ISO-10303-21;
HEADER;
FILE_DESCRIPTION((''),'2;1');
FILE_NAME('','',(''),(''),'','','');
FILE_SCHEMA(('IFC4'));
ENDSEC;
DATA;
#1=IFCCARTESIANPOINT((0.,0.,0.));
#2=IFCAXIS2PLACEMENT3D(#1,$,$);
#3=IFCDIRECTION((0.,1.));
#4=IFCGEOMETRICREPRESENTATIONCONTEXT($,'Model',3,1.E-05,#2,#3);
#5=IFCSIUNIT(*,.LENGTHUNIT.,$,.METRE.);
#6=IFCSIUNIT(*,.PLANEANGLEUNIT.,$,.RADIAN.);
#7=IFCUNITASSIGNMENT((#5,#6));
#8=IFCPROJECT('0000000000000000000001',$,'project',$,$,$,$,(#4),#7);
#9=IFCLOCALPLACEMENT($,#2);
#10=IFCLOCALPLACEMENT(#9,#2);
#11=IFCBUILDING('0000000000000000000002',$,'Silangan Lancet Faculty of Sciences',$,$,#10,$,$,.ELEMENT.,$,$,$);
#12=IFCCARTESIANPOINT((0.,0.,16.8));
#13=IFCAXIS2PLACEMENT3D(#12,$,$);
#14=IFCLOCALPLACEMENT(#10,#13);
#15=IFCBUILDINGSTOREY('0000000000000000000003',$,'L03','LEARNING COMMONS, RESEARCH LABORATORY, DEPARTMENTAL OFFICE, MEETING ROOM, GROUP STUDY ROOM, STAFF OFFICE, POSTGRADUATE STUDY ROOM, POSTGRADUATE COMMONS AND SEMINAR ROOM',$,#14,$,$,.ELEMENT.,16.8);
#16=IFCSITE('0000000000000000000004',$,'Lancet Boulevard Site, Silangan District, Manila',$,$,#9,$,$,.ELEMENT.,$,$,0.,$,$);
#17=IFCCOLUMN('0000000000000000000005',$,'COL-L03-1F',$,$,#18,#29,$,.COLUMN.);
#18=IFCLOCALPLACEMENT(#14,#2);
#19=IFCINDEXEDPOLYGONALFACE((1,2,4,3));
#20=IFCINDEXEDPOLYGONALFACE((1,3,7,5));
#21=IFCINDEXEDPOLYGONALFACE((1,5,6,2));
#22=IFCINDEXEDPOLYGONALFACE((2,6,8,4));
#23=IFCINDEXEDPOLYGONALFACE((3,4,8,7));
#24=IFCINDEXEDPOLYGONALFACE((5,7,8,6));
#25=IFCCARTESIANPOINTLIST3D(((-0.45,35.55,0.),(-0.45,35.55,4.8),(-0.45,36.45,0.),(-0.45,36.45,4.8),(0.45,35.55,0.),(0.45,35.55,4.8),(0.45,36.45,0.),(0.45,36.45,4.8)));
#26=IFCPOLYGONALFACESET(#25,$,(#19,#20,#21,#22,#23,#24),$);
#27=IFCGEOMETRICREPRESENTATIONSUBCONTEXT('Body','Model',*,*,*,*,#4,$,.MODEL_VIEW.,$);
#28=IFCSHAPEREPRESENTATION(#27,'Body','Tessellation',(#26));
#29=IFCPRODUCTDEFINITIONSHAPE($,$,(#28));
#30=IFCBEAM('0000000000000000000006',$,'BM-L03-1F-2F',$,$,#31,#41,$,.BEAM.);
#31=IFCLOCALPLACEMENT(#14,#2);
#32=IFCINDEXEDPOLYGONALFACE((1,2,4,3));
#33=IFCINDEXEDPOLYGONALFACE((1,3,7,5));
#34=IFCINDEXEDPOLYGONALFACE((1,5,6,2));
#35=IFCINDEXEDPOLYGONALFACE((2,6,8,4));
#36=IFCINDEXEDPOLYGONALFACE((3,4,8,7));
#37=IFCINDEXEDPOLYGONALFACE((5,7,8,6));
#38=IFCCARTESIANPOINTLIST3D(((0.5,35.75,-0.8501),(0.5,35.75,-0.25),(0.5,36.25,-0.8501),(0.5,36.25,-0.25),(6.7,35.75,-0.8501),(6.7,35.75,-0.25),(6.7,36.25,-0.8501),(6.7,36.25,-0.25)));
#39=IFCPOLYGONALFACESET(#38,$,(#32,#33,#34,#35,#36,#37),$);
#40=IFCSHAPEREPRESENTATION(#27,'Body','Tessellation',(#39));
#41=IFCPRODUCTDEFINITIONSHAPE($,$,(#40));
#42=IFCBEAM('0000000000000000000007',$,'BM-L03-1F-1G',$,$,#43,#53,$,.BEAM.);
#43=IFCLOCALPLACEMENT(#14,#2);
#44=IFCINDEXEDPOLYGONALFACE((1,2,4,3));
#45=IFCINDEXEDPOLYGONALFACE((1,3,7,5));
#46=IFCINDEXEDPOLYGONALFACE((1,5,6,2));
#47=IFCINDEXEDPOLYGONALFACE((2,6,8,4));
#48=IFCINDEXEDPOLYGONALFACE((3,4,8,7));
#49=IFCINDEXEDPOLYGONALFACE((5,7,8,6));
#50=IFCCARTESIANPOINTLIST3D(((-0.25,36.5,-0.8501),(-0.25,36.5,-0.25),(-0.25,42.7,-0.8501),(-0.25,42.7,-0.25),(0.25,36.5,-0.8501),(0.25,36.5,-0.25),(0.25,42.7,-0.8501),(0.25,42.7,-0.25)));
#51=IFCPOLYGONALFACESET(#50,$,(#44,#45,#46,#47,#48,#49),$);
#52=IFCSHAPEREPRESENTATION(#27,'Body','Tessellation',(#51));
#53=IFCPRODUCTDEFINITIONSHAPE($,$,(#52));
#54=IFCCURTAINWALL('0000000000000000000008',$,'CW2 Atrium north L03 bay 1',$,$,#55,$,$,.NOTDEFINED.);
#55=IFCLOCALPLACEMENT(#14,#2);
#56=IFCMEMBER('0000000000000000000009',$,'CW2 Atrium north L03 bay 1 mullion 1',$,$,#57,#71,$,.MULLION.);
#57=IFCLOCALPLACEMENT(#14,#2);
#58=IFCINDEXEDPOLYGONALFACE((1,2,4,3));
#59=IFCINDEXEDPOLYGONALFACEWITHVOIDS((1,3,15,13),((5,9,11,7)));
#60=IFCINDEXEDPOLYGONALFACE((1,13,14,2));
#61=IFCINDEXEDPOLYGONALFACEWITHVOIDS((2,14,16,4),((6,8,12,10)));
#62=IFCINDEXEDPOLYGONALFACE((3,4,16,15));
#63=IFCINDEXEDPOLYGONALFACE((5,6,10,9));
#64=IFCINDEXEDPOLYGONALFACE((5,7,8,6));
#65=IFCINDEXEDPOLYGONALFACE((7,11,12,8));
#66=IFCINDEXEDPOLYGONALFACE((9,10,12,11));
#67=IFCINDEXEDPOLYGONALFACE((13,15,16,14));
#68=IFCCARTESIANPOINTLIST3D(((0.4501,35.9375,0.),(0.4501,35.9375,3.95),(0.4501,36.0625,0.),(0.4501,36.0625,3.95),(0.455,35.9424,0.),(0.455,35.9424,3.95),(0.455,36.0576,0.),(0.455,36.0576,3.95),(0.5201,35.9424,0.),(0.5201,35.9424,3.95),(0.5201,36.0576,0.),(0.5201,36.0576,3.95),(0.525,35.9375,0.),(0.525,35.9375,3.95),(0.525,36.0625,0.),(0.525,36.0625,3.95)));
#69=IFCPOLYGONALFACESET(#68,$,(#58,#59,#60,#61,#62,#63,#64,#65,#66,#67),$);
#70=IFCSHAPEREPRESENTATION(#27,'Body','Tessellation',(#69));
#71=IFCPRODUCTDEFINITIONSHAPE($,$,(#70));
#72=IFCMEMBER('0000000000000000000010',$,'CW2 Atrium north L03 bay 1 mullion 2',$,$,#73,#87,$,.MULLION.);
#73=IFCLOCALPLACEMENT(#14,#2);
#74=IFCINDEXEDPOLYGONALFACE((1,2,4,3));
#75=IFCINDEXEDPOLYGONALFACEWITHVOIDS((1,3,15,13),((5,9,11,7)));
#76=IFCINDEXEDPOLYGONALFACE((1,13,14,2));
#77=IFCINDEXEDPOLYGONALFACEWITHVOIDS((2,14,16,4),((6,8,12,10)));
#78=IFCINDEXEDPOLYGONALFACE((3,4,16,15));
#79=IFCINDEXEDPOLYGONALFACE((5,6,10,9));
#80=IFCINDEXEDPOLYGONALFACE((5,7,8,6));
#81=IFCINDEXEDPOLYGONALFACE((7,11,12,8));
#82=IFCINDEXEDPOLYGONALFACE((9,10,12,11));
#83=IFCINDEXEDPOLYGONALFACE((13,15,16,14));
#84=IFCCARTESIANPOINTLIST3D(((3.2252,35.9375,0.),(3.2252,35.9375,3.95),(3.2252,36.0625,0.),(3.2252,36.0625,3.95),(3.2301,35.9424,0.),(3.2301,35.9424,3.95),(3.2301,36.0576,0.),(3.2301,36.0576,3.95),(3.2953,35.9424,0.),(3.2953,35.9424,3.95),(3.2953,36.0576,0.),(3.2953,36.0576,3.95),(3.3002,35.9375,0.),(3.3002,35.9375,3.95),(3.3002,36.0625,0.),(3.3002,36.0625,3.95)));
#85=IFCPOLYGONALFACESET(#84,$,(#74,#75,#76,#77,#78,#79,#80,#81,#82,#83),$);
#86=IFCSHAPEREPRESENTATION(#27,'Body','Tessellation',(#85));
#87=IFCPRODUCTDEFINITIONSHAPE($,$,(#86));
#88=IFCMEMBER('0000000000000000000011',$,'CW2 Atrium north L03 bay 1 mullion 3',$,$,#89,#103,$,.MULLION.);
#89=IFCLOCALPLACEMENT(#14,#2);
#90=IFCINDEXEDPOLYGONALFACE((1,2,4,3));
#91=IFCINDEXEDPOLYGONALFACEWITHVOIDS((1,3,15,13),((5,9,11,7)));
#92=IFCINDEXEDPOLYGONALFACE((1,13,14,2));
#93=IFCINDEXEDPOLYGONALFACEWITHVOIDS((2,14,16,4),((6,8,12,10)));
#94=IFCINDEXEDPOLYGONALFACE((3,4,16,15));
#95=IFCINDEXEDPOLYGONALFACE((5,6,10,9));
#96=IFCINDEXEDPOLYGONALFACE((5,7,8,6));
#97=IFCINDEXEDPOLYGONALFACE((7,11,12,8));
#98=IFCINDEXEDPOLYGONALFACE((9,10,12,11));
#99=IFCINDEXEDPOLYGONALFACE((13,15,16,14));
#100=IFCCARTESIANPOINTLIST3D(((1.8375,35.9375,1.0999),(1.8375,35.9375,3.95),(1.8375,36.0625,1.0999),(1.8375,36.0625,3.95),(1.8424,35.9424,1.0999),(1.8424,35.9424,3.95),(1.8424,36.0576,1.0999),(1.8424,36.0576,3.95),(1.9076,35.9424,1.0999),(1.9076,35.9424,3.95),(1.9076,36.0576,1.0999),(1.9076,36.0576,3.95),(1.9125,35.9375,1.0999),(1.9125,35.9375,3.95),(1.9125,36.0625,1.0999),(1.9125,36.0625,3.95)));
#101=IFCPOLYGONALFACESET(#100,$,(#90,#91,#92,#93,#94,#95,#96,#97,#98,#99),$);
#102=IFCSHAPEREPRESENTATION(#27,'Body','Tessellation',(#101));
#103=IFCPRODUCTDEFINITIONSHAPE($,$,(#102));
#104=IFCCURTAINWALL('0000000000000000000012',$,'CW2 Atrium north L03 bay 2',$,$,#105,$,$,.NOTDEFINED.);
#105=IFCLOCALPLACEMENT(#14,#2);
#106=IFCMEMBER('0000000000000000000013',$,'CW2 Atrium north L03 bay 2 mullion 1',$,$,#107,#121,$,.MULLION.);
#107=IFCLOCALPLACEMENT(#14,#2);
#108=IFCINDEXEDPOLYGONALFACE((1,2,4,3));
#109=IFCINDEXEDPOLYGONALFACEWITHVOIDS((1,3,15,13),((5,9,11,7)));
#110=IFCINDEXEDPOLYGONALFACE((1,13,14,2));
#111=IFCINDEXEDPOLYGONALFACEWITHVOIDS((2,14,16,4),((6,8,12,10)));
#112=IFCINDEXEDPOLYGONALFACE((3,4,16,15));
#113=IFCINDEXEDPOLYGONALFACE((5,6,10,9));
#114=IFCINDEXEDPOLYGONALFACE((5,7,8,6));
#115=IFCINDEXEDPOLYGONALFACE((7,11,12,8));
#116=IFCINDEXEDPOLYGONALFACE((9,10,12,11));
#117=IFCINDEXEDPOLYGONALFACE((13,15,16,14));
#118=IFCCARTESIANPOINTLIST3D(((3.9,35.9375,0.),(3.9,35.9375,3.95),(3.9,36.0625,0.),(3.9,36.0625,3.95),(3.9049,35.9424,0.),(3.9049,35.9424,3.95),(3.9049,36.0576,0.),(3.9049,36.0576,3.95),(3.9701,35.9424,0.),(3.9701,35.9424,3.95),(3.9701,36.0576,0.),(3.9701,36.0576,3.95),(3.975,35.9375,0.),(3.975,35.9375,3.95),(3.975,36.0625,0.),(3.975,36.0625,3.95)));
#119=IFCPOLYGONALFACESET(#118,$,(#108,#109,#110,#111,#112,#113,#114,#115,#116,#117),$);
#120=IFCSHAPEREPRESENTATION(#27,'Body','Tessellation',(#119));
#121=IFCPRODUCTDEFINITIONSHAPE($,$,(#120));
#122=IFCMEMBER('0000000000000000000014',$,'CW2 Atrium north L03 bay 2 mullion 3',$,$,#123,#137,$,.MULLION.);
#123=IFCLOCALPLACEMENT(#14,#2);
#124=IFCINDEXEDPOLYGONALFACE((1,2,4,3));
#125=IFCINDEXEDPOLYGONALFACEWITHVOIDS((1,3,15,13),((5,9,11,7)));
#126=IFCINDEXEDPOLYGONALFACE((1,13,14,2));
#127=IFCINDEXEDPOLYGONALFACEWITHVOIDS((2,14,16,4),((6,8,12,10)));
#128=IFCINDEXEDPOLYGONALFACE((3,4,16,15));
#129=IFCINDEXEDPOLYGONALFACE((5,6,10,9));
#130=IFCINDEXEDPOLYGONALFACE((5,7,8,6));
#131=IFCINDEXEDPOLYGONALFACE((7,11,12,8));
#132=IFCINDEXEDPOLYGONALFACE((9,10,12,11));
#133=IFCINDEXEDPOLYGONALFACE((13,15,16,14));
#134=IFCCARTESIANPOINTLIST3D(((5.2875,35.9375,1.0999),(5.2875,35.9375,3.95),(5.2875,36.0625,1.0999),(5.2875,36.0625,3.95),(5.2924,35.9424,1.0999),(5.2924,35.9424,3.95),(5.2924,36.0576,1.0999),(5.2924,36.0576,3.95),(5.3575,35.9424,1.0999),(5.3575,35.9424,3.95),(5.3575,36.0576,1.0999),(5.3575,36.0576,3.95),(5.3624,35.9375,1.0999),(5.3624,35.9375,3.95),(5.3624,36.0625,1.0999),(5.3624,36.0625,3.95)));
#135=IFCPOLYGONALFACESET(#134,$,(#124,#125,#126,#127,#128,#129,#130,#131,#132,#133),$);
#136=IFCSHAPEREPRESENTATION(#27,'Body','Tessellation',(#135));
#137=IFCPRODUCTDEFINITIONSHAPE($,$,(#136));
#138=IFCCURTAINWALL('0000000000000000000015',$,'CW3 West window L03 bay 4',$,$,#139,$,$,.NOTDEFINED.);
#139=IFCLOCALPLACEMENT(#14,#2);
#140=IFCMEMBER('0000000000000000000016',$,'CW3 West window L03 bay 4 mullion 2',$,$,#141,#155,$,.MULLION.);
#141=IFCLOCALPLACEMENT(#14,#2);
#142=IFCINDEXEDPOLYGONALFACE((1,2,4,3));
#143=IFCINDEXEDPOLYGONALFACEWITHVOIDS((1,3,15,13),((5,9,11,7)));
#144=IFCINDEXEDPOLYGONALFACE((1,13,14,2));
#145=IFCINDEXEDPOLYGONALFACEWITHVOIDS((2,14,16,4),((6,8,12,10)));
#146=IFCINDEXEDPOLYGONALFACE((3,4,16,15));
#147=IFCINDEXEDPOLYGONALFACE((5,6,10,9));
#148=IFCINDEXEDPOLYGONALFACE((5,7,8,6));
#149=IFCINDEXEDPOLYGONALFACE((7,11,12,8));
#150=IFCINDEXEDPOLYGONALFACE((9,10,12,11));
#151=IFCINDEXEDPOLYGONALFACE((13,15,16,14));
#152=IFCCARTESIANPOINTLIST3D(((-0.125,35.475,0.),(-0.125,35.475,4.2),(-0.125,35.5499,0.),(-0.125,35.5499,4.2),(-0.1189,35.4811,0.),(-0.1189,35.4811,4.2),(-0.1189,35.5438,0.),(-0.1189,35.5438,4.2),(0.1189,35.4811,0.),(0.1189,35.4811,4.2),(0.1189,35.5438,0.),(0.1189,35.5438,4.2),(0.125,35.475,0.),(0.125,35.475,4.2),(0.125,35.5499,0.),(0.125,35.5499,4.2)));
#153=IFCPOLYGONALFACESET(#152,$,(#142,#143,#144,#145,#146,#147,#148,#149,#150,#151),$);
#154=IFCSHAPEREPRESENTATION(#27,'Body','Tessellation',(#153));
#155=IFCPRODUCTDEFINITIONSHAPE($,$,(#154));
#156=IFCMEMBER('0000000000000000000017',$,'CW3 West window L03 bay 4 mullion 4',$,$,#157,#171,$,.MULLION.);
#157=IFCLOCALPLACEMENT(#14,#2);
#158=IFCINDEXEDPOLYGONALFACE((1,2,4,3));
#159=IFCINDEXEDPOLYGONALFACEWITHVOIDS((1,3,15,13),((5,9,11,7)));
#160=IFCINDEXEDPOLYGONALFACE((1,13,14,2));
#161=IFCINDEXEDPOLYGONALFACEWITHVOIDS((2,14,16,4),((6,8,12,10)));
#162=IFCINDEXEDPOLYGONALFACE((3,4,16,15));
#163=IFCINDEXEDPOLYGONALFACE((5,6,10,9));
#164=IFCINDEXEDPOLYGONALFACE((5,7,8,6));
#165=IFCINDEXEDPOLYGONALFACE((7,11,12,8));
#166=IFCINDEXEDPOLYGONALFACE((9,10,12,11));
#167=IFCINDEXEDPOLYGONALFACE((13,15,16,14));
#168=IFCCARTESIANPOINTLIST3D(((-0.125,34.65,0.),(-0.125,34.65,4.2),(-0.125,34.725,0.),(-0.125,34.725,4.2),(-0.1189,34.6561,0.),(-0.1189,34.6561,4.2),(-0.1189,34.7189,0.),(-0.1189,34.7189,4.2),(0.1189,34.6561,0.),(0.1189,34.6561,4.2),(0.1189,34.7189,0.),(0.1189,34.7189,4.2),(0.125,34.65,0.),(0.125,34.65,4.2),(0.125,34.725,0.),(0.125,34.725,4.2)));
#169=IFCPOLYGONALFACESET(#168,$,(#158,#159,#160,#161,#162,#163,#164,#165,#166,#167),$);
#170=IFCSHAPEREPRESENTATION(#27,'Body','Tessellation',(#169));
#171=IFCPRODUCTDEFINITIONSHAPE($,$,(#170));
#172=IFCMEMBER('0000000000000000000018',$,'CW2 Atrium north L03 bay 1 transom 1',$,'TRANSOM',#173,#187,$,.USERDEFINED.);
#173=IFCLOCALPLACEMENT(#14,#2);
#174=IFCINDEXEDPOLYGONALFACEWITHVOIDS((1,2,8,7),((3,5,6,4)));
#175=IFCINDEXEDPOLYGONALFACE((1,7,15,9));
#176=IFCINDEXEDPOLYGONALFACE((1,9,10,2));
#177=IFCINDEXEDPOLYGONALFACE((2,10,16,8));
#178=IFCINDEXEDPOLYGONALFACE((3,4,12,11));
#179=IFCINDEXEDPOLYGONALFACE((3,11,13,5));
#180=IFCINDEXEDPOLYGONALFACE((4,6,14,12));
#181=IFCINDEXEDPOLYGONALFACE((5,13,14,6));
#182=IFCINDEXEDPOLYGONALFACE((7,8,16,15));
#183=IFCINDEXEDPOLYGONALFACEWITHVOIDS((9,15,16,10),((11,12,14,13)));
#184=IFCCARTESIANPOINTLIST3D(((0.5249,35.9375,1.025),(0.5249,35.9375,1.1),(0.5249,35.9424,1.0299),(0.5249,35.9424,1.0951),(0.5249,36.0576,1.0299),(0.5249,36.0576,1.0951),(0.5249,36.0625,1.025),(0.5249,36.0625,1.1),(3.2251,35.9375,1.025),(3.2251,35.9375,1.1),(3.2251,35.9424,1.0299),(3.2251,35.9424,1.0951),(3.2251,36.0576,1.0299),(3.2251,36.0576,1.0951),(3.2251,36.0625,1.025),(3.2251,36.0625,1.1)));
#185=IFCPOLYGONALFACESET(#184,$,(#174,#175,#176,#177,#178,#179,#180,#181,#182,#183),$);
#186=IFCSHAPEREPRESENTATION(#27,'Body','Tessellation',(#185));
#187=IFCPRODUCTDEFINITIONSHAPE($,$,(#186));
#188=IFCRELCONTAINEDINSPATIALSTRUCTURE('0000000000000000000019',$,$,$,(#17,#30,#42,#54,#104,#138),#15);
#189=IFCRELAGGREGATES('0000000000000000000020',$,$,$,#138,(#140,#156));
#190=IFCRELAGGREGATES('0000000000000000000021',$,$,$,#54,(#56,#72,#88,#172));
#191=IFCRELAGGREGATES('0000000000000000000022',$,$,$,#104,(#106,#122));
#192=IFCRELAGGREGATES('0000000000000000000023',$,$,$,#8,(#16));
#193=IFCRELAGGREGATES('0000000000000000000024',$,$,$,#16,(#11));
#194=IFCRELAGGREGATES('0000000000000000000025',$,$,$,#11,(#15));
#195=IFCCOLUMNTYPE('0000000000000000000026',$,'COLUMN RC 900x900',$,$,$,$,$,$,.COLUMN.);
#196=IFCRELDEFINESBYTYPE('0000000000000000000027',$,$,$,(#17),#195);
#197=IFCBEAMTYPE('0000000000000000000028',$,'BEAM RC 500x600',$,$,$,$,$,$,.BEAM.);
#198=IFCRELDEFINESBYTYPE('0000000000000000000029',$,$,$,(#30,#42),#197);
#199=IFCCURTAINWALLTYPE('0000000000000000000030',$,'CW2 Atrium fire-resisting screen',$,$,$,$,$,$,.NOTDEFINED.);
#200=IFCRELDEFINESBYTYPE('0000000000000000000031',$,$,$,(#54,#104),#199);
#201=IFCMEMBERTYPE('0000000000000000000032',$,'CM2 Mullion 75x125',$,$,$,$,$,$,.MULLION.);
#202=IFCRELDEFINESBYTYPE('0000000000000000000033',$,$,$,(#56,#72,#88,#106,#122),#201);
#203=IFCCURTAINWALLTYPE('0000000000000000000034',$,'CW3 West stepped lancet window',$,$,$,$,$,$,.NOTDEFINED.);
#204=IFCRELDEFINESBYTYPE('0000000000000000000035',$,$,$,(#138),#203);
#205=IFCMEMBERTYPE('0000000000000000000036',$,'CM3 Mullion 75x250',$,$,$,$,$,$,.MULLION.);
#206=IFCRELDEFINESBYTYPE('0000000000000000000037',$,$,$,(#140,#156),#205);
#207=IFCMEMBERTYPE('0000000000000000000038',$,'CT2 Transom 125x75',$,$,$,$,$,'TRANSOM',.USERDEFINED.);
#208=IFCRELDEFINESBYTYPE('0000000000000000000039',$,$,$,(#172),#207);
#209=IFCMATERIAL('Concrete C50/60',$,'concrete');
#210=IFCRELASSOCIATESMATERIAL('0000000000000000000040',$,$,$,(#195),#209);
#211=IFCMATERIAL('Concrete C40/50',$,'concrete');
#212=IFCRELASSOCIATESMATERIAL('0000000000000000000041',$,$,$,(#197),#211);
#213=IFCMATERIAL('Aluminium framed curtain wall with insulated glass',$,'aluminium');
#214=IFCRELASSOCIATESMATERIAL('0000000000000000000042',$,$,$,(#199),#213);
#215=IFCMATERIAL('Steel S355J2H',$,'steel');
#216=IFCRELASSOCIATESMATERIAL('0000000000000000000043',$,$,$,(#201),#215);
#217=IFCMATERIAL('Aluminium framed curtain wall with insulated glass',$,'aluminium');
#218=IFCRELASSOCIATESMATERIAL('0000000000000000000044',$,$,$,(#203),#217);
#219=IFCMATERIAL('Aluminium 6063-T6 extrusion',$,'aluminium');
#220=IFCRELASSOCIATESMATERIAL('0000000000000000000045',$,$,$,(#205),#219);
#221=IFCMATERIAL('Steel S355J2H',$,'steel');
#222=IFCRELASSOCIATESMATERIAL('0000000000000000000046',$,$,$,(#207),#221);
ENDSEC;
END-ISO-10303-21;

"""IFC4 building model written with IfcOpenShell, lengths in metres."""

from ifc_helpers import new_model, si_unit, direction, frame, origin, origin_2d, place, context, subcontext, project, spatial, rectangle, hollow_rectangle, extrude, material, material_profile, profile_set, type_object, element, aggregate, save


model = new_model("IFC4")

# Units and contexts
model_context = context("Model", 3, precision=1e-05, world=origin(), true_north=direction((0.0, 1.0)))
body_context = subcontext(model_context, "Body", "Model", "MODEL_VIEW")
ifc_project = project(units=[si_unit("LENGTHUNIT", "METRE"), si_unit("PLANEANGLEUNIT", "RADIAN")], contexts=[model_context])

# Site, building, storey
site_placement = place(None, origin())
site = spatial("IfcSite", under=ifc_project, at=site_placement, Name="Lancet Boulevard Site, Silangan District, Manila", CompositionType="ELEMENT", RefElevation=0.0)
building_placement = place(site_placement, origin())
building = spatial("IfcBuilding", under=site, at=building_placement, Name="Silangan Lancet Faculty of Sciences", CompositionType="ELEMENT")
storey_placement = place(building_placement, frame((0.0, 0.0, 16.8)))
storey = spatial("IfcBuildingStorey", under=building, at=storey_placement, Name="L03", Description="LEARNING COMMONS, RESEARCH LABORATORY, DEPARTMENTAL OFFICE, MEETING ROOM, GROUP STUDY ROOM, STAFF OFFICE, POSTGRADUATE STUDY ROOM, POSTGRADUATE COMMONS AND SEMINAR ROOM", CompositionType="ELEMENT", Elevation=16.8)

# Column
ifc_material_1 = material(Name="Concrete C50/60", Category="concrete")
ifc_material_profile_1 = material_profile(ifc_material_1, rectangle(XDim=0.8999, YDim=0.8999, at=origin_2d()), Name="RC 900x900")
ifc_profile_set_1 = profile_set([ifc_material_profile_1], Name="Concrete C50/60")
column_type = type_object("IfcColumnType", Name="COLUMN RC 900x900", PredefinedType="COLUMN", material=ifc_profile_set_1)
column_placement = place(storey_placement, frame((0.0, 36.0, 0.0), z_axis=(0.0, 0.0, 1.0), x_axis=(1.0, 0.0, 0.0)))
element("IfcColumn", 1, at=column_placement, inside=storey, type_object=column_type, Name="COL-L03-1F", PredefinedType="COLUMN", context=body_context, shape_type="SweptSolid", body=[
    extrude(rectangle(XDim=0.8999, YDim=0.8999, at=origin_2d()), origin(), (0.0, 0.0, 1.0), 4.8),
])

# Beams
ifc_material_2 = material(Name="Concrete C40/50", Category="concrete")
ifc_material_profile_2 = material_profile(ifc_material_2, rectangle(XDim=0.5, YDim=0.6001, at=origin_2d()), Name="RC 500x600")
ifc_profile_set_2 = profile_set([ifc_material_profile_2], Name="Concrete C40/50")
beam_type = type_object("IfcBeamType", Name="BEAM RC 500x600", PredefinedType="BEAM", material=ifc_profile_set_2)
for number, where, z_axis, x_axis, name in (
    (2, (0.5, 36.0, -0.55), (1.0, 0.0, 0.0), (0.0, 1.0, 0.0), "BM-L03-1F-2F"),
    (3, (0.0, 36.5, -0.55), (0.0, 1.0, 0.0), (-1.0, 0.0, 0.0), "BM-L03-1F-1G"),
):
    element("IfcBeam", number, at=place(storey_placement, frame(where, z_axis=z_axis, x_axis=x_axis)), inside=storey, type_object=beam_type, Name=name, PredefinedType="BEAM", context=body_context, shape_type="SweptSolid", body=[
        extrude(rectangle(XDim=0.5, YDim=0.6001, at=origin_2d()), origin(), (0.0, 0.0, 1.0), 6.2),
    ])

# Curtain walls, members
ifc_material_3 = material(Name="Aluminium framed curtain wall with insulated glass", Category="aluminium")
curtain_wall_type_1 = type_object("IfcCurtainWallType", Name="CW2 Atrium fire-resisting screen", PredefinedType="NOTDEFINED", material=ifc_material_3)
curtain_wall_1_placement = place(storey_placement, origin())
curtain_wall_1 = element("IfcCurtainWall", 4, at=curtain_wall_1_placement, inside=storey, type_object=curtain_wall_type_1, Name="CW2 Atrium north L03 bay 1", PredefinedType="NOTDEFINED")
ifc_material_4 = material(Name="Steel S355J2H", Category="steel")
ifc_material_profile_3 = material_profile(ifc_material_4, hollow_rectangle(XDim=0.075, YDim=0.125, WallThickness=0.0049, at=origin_2d()), Name="ST BOX 75x125x5")
ifc_profile_set_3 = profile_set([ifc_material_profile_3], Name="Steel S355J2H")
member_type_1 = type_object("IfcMemberType", Name="CM2 Mullion 75x125", PredefinedType="MULLION", material=ifc_profile_set_3)
member_1_placement = place(storey_placement, frame((0.4875, 36.0, 0.0), z_axis=(0.0, 0.0, 1.0), x_axis=(1.0, 0.0, 0.0)))
member_1 = element("IfcMember", 5, at=member_1_placement, type_object=member_type_1, Name="CW2 Atrium north L03 bay 1 mullion 1", PredefinedType="MULLION", context=body_context, shape_type="SweptSolid", body=[
    extrude(hollow_rectangle(XDim=0.075, YDim=0.125, WallThickness=0.0049, at=origin_2d()), origin(), (0.0, 0.0, 1.0), 3.95),
])
member_2_placement = place(storey_placement, frame((3.2627, 36.0, 0.0), z_axis=(0.0, 0.0, 1.0), x_axis=(1.0, 0.0, 0.0)))
member_2 = element("IfcMember", 6, at=member_2_placement, type_object=member_type_1, Name="CW2 Atrium north L03 bay 1 mullion 2", PredefinedType="MULLION", context=body_context, shape_type="SweptSolid", body=[
    extrude(hollow_rectangle(XDim=0.075, YDim=0.125, WallThickness=0.0049, at=origin_2d()), origin(), (0.0, 0.0, 1.0), 3.95),
])
member_3_placement = place(storey_placement, frame((1.875, 36.0, 1.0999), z_axis=(0.0, 0.0, 1.0), x_axis=(1.0, 0.0, 0.0)))
member_3 = element("IfcMember", 7, at=member_3_placement, type_object=member_type_1, Name="CW2 Atrium north L03 bay 1 mullion 3", PredefinedType="MULLION", context=body_context, shape_type="SweptSolid", body=[
    extrude(hollow_rectangle(XDim=0.075, YDim=0.125, WallThickness=0.0049, at=origin_2d()), origin(), (0.0, 0.0, 1.0), 2.8501),
])
curtain_wall_2_placement = place(storey_placement, origin())
curtain_wall_2 = element("IfcCurtainWall", 8, at=curtain_wall_2_placement, inside=storey, type_object=curtain_wall_type_1, Name="CW2 Atrium north L03 bay 2", PredefinedType="NOTDEFINED")
member_4_placement = place(storey_placement, frame((3.9375, 36.0, 0.0), z_axis=(0.0, 0.0, 1.0), x_axis=(1.0, 0.0, 0.0)))
member_4 = element("IfcMember", 9, at=member_4_placement, type_object=member_type_1, Name="CW2 Atrium north L03 bay 2 mullion 1", PredefinedType="MULLION", context=body_context, shape_type="SweptSolid", body=[
    extrude(hollow_rectangle(XDim=0.075, YDim=0.125, WallThickness=0.0049, at=origin_2d()), origin(), (0.0, 0.0, 1.0), 3.95),
])
member_5_placement = place(storey_placement, frame((5.325, 36.0, 1.0999), z_axis=(0.0, 0.0, 1.0), x_axis=(1.0, 0.0, 0.0)))
member_5 = element("IfcMember", 10, at=member_5_placement, type_object=member_type_1, Name="CW2 Atrium north L03 bay 2 mullion 3", PredefinedType="MULLION", context=body_context, shape_type="SweptSolid", body=[
    extrude(hollow_rectangle(XDim=0.075, YDim=0.125, WallThickness=0.0049, at=origin_2d()), origin(), (0.0, 0.0, 1.0), 2.8501),
])
ifc_material_5 = material(Name="Aluminium framed curtain wall with insulated glass", Category="aluminium")
curtain_wall_type_2 = type_object("IfcCurtainWallType", Name="CW3 West stepped lancet window", PredefinedType="NOTDEFINED", material=ifc_material_5)
curtain_wall_3_placement = place(storey_placement, origin())
curtain_wall_3 = element("IfcCurtainWall", 11, at=curtain_wall_3_placement, inside=storey, type_object=curtain_wall_type_2, Name="CW3 West window L03 bay 4", PredefinedType="NOTDEFINED")
ifc_material_6 = material(Name="Aluminium 6063-T6 extrusion", Category="aluminium")
ifc_material_profile_4 = material_profile(ifc_material_6, hollow_rectangle(XDim=0.075, YDim=0.25, WallThickness=0.0061, at=origin_2d()), Name="AL BOX 75x250x6")
ifc_profile_set_4 = profile_set([ifc_material_profile_4], Name="Aluminium 6063-T6 extrusion")
member_type_2 = type_object("IfcMemberType", Name="CM3 Mullion 75x250", PredefinedType="MULLION", material=ifc_profile_set_4)
member_6_placement = place(storey_placement, frame((0.0, 35.5125, 0.0), z_axis=(0.0, 0.0, 1.0), x_axis=(0.0, 1.0, 0.0)))
member_6 = element("IfcMember", 12, at=member_6_placement, type_object=member_type_2, Name="CW3 West window L03 bay 4 mullion 2", PredefinedType="MULLION", context=body_context, shape_type="SweptSolid", body=[
    extrude(hollow_rectangle(XDim=0.075, YDim=0.25, WallThickness=0.0061, at=origin_2d()), origin(), (0.0, 0.0, 1.0), 4.2),
])
member_7_placement = place(storey_placement, frame((0.0, 34.6875, 0.0), z_axis=(0.0, 0.0, 1.0), x_axis=(0.0, 1.0, 0.0)))
member_7 = element("IfcMember", 13, at=member_7_placement, type_object=member_type_2, Name="CW3 West window L03 bay 4 mullion 4", PredefinedType="MULLION", context=body_context, shape_type="SweptSolid", body=[
    extrude(hollow_rectangle(XDim=0.075, YDim=0.25, WallThickness=0.0061, at=origin_2d()), origin(), (0.0, 0.0, 1.0), 4.2),
])

# Member
ifc_material_7 = material(Name="Steel S355J2H", Category="steel")
ifc_material_profile_5 = material_profile(ifc_material_7, hollow_rectangle(XDim=0.125, YDim=0.075, WallThickness=0.0049, at=origin_2d()), Name="ST BOX 125x75x5")
ifc_profile_set_5 = profile_set([ifc_material_profile_5], Name="Steel S355J2H")
member_type_3 = type_object("IfcMemberType", Name="CT2 Transom 125x75", ElementType="TRANSOM", PredefinedType="USERDEFINED", material=ifc_profile_set_5)
member_8_placement = place(storey_placement, frame((0.5249, 36.0, 1.0625), z_axis=(1.0, 0.0, 0.0), x_axis=(0.0, 1.0, 0.0)))
member_8 = element("IfcMember", 14, at=member_8_placement, type_object=member_type_3, Name="CW2 Atrium north L03 bay 1 transom 1", ObjectType="TRANSOM", PredefinedType="USERDEFINED", context=body_context, shape_type="SweptSolid", body=[
    extrude(hollow_rectangle(XDim=0.125, YDim=0.075, WallThickness=0.0049, at=origin_2d()), origin(), (0.0, 0.0, 1.0), 2.7002),
])

aggregate(curtain_wall_3, [member_6, member_7])
aggregate(curtain_wall_1, [member_1, member_2, member_3, member_8])
aggregate(curtain_wall_2, [member_4, member_5])

save(model, "model.ifc")
